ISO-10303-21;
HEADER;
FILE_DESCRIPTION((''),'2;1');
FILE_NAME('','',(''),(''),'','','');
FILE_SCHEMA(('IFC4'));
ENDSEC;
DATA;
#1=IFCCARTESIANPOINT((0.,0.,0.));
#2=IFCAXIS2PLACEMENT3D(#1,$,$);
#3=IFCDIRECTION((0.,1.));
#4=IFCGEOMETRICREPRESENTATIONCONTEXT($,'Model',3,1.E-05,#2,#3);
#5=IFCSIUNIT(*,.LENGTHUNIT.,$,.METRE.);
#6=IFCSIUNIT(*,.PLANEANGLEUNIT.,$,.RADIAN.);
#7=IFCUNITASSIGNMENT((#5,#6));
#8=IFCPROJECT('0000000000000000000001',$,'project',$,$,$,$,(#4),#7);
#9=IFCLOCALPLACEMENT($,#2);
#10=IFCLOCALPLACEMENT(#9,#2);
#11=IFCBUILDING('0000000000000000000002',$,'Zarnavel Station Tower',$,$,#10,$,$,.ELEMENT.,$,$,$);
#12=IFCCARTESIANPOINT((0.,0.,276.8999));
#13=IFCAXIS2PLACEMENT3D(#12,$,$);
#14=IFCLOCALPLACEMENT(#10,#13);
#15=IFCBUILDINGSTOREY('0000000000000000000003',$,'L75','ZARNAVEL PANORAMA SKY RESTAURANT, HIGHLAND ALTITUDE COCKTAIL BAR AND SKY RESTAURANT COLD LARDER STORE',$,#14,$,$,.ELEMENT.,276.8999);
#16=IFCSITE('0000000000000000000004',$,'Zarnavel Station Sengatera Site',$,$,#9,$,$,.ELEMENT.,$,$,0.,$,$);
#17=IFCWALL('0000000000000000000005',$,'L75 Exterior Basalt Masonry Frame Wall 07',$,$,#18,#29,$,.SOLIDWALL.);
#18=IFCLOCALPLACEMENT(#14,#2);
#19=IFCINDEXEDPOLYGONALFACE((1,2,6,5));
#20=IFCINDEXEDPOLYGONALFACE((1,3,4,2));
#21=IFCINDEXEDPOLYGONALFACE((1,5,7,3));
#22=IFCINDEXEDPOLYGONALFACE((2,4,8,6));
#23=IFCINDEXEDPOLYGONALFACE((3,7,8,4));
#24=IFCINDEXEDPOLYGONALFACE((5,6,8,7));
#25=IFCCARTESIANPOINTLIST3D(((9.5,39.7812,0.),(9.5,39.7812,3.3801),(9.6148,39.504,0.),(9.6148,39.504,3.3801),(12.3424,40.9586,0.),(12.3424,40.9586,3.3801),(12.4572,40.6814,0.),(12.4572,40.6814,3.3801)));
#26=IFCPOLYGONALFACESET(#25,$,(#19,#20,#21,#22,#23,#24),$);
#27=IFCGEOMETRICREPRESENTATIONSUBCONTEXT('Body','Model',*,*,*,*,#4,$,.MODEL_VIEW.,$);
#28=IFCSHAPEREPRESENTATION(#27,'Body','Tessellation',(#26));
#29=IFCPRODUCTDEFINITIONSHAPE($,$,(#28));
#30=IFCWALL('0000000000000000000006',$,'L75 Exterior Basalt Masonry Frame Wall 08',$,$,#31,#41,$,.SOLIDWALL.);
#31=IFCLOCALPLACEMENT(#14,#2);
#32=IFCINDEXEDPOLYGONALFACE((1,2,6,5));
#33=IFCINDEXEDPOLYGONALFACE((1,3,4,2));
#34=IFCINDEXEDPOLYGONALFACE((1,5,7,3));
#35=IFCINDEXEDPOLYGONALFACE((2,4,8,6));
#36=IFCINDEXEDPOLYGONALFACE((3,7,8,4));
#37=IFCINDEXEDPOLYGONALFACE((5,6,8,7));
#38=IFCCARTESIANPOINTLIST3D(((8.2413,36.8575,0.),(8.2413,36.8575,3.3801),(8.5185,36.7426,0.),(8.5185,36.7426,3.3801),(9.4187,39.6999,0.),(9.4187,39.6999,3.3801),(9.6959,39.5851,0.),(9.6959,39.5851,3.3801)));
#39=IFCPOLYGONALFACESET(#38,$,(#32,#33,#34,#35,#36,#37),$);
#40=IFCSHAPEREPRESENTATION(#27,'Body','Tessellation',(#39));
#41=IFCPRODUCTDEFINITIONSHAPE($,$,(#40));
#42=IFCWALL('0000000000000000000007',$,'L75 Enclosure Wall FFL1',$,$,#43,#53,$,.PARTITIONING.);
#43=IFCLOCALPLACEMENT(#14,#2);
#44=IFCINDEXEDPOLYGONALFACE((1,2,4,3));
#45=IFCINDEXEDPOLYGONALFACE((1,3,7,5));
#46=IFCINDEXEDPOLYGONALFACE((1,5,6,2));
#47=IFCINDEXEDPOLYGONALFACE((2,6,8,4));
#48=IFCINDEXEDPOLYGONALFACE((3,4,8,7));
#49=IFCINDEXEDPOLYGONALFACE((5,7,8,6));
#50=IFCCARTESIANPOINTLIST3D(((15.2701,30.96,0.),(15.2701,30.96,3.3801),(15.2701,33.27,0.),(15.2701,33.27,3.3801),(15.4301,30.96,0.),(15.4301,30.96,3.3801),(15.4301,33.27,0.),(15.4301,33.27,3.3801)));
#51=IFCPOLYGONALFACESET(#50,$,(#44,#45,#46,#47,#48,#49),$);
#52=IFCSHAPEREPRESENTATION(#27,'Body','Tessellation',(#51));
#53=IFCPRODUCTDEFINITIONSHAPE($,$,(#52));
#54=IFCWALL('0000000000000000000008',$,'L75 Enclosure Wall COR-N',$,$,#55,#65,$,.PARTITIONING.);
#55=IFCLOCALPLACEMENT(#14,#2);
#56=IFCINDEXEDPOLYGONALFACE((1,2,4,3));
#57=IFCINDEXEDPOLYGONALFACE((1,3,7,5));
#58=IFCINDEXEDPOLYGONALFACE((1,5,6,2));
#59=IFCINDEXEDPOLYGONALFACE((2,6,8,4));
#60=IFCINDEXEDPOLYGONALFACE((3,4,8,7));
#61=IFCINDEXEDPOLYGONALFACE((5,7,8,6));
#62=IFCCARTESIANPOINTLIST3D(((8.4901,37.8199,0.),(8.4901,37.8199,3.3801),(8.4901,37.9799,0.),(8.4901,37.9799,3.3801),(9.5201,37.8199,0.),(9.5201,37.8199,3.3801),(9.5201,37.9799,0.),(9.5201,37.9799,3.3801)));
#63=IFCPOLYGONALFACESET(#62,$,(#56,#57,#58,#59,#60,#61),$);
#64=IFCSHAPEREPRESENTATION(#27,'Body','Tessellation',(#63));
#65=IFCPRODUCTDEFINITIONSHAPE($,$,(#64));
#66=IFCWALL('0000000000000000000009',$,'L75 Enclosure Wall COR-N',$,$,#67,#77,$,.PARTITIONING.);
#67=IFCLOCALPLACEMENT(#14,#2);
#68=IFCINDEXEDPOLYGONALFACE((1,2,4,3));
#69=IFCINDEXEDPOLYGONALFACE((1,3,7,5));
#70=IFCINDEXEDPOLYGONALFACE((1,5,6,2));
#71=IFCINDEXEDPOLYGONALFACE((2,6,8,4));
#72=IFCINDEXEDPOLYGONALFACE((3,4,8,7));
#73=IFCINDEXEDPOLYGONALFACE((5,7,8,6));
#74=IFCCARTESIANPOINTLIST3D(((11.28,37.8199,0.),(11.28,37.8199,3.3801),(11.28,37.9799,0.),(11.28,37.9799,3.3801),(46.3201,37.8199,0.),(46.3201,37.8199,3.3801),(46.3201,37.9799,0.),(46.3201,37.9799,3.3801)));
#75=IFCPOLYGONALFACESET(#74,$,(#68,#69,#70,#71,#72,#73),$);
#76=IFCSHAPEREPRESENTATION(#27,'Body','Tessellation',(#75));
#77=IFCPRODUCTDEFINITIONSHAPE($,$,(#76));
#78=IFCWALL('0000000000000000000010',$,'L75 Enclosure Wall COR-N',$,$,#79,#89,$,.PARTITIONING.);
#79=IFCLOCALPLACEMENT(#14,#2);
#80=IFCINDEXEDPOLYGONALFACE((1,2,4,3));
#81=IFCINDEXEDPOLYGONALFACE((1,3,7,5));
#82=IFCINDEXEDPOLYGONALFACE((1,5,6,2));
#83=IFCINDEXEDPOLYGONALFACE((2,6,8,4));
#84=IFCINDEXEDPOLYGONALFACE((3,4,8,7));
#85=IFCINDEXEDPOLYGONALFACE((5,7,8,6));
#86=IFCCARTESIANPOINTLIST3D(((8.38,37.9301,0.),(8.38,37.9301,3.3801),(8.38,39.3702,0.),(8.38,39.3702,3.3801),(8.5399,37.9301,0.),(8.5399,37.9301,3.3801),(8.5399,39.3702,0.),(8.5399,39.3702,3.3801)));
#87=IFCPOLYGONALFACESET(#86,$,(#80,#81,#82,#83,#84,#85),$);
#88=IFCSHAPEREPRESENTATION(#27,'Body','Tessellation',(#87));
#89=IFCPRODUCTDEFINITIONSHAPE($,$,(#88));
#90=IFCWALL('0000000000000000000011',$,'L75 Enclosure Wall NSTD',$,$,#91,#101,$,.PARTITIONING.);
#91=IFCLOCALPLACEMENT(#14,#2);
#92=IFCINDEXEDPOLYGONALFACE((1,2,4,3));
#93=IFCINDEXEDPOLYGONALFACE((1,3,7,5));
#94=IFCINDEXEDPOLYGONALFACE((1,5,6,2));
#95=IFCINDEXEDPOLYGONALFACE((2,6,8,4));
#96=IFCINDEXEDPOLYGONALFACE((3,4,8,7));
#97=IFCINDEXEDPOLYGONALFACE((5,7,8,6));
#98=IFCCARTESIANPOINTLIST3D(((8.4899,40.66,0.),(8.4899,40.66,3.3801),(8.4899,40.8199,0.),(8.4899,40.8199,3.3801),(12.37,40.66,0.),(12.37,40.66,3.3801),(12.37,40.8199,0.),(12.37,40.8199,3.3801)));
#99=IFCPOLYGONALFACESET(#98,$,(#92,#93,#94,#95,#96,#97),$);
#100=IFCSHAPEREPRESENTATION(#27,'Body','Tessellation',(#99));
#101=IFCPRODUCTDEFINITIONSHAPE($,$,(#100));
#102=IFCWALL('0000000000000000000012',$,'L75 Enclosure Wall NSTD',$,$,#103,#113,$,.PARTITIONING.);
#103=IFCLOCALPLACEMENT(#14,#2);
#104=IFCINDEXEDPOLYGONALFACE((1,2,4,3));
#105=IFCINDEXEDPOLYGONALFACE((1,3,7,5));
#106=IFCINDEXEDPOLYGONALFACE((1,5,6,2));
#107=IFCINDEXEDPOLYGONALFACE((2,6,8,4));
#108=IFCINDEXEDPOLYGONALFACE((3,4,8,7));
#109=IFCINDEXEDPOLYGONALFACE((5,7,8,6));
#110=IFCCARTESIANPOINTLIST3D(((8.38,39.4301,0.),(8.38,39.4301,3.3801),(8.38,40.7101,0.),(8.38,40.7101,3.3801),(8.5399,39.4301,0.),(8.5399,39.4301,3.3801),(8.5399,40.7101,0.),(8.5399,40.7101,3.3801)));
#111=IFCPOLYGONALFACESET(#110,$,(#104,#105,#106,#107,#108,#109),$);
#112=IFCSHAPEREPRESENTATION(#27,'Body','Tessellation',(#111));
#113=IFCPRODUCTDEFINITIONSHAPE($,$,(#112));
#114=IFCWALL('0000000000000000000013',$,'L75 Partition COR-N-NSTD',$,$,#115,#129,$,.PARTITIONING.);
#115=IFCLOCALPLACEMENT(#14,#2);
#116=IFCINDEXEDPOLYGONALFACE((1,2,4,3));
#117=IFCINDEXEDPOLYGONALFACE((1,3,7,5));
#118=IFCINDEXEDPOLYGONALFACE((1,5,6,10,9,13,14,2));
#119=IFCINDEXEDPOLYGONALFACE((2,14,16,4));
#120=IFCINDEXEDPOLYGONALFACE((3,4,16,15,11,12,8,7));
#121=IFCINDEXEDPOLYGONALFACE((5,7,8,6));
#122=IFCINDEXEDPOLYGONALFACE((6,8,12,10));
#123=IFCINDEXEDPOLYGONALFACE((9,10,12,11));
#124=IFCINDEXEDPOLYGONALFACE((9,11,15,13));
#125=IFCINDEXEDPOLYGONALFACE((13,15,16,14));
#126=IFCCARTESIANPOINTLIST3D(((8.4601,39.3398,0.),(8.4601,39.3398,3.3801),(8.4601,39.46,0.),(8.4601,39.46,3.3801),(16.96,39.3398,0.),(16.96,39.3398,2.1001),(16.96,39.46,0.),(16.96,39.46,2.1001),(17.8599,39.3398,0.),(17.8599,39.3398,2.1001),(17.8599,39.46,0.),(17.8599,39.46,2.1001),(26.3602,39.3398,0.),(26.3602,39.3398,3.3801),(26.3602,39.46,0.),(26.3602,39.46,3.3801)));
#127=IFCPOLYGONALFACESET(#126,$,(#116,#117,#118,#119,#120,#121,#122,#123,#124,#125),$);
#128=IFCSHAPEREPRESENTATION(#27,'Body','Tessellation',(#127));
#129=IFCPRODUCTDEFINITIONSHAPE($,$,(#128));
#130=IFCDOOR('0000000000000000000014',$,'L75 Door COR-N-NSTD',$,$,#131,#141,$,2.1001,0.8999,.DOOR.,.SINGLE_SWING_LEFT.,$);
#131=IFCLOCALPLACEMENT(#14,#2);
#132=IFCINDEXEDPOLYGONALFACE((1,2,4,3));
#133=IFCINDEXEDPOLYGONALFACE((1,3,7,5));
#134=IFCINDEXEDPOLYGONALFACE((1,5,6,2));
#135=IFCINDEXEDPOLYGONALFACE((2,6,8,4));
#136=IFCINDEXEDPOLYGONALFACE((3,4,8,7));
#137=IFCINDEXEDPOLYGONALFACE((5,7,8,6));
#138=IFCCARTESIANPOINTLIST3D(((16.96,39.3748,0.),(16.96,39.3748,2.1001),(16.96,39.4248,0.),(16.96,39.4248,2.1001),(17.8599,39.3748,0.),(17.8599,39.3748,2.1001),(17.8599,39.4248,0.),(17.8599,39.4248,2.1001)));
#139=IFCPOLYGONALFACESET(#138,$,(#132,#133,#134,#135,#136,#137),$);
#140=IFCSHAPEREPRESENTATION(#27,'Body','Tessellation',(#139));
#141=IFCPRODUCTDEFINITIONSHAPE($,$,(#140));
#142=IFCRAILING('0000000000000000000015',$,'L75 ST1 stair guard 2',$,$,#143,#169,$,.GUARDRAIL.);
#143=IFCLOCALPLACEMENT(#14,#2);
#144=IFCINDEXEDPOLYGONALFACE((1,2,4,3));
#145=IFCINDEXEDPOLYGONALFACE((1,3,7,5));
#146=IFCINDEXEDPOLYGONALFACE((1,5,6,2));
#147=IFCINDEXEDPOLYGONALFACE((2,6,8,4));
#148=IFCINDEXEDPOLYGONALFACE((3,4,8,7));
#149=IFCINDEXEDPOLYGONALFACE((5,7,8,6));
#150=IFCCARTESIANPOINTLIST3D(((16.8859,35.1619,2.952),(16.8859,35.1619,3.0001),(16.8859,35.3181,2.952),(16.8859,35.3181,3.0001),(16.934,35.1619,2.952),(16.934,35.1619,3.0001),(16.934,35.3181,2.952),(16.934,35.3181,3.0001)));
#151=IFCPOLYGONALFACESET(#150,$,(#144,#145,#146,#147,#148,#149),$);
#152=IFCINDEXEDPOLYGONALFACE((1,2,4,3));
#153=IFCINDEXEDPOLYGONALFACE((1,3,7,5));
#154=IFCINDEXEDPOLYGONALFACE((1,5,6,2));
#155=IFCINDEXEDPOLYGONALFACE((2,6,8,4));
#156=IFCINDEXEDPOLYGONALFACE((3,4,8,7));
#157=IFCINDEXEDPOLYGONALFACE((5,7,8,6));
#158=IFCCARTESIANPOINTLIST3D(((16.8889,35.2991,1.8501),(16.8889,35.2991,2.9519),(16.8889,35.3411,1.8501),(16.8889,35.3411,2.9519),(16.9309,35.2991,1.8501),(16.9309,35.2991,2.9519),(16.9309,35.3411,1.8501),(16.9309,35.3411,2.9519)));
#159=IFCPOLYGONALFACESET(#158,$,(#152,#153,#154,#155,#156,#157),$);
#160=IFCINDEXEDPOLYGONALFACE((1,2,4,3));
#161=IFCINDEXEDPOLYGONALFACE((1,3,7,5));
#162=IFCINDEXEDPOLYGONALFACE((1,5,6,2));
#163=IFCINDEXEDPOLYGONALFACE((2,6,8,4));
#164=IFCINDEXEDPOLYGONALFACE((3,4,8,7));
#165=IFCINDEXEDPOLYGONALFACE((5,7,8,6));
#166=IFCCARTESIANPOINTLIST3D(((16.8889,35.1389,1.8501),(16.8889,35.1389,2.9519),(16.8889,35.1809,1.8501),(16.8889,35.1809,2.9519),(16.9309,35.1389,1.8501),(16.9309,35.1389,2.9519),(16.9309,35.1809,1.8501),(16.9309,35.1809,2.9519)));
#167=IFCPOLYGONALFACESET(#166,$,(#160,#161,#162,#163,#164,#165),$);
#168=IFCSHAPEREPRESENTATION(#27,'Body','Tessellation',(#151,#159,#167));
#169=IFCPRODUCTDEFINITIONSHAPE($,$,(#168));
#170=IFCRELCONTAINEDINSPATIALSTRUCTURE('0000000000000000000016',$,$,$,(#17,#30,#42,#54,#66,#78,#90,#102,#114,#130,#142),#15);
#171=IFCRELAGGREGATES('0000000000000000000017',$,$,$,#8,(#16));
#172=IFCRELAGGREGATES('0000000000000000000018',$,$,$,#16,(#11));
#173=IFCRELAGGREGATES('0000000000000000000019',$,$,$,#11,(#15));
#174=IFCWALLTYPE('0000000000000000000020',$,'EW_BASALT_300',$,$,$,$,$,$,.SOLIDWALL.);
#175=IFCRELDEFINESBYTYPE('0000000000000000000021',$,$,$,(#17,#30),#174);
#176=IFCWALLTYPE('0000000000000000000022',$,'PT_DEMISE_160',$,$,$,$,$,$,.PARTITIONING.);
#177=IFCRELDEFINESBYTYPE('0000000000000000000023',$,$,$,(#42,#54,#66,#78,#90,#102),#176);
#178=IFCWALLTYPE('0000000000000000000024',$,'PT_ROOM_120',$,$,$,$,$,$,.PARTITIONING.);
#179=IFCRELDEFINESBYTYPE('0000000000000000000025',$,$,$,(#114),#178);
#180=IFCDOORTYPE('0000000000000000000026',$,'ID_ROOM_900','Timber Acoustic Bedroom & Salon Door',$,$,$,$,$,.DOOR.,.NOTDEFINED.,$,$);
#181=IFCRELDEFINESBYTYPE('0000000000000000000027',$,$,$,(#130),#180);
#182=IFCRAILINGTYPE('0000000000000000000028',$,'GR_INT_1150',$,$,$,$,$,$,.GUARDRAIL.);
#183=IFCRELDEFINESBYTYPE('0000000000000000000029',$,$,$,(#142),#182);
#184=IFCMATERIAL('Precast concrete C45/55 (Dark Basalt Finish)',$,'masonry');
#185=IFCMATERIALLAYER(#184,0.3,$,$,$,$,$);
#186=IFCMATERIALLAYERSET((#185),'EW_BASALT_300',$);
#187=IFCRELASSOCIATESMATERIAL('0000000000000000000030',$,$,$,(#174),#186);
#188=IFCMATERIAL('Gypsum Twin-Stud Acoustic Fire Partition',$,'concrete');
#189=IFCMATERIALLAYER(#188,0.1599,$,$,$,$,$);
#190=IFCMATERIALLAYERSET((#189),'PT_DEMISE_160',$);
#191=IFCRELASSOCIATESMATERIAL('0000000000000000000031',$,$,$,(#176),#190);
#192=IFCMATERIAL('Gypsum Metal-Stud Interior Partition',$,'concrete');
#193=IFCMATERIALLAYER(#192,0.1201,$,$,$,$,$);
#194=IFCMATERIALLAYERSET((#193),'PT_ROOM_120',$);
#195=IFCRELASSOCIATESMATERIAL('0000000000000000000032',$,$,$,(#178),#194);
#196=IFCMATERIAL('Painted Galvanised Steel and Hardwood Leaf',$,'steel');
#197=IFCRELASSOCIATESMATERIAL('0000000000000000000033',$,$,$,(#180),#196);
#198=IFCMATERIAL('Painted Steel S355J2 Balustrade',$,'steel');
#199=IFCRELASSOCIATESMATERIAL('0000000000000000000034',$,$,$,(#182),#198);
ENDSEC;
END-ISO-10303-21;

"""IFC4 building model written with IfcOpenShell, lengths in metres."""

from ifc_helpers import new_model, si_unit, direction, frame, frame_2d, origin, origin_2d, place, context, subcontext, project, spatial, rectangle, extrude, material, layer, layer_set, type_object, element, fill, save


model = new_model("IFC4")

# Units and contexts
model_context = context("Model", 3, precision=1e-05, world=origin(), true_north=direction((0.0, 1.0)))
body_context = subcontext(model_context, "Body", "Model", "MODEL_VIEW")
ifc_project = project(units=[si_unit("LENGTHUNIT", "METRE"), si_unit("PLANEANGLEUNIT", "RADIAN")], contexts=[model_context])

# Site, building, storey
site_placement = place(None, origin())
site = spatial("IfcSite", under=ifc_project, at=site_placement, Name="Zarnavel Station Sengatera Site", CompositionType="ELEMENT", RefElevation=0.0)
building_placement = place(site_placement, origin())
building = spatial("IfcBuilding", under=site, at=building_placement, Name="Zarnavel Station Tower", CompositionType="ELEMENT")
storey_placement = place(building_placement, frame((0.0, 0.0, 276.8999)))
storey = spatial("IfcBuildingStorey", under=building, at=storey_placement, Name="L75", Description="ZARNAVEL PANORAMA SKY RESTAURANT, HIGHLAND ALTITUDE COCKTAIL BAR AND SKY RESTAURANT COLD LARDER STORE", CompositionType="ELEMENT", Elevation=276.8999)

# Shared definitions
ifc_material_1 = material(Name="Precast concrete C45/55 (Dark Basalt Finish)", Category="masonry")
ifc_layer_1 = layer(ifc_material_1, 0.3)
ifc_layer_set_1 = layer_set([ifc_layer_1], Name="EW_BASALT_300")
wall_type_1 = type_object("IfcWallType", Name="EW_BASALT_300", PredefinedType="SOLIDWALL", material=ifc_layer_set_1)

# Walls
for number, where, z_axis, x_axis, name in (
    (1, (9.5574, 39.6426, 0.0), (0.0, 0.0, 1.0), (0.923871, 0.382705, 0.0), "L75 Exterior Basalt Masonry Frame Wall 07"),
    (2, (8.3799, 36.8, 0.0), (0.0, 0.0, 1.0), (0.382705, 0.923871, 0.0), "L75 Exterior Basalt Masonry Frame Wall 08"),
):
    element("IfcWall", number, at=place(storey_placement, frame(where, z_axis=z_axis, x_axis=x_axis)), inside=storey, type_object=wall_type_1, Name=name, PredefinedType="SOLIDWALL", context=body_context, shape_type="SweptSolid", body=[
        extrude(rectangle(XDim=3.0767, YDim=0.3, at=frame_2d((1.5383, 0.0))), origin(), (0.0, 0.0, 1.0), 3.3801),
    ])
ifc_material_2 = material(Name="Gypsum Twin-Stud Acoustic Fire Partition", Category="concrete")
ifc_layer_2 = layer(ifc_material_2, 0.1599)
ifc_layer_set_2 = layer_set([ifc_layer_2], Name="PT_DEMISE_160")
wall_type_2 = type_object("IfcWallType", Name="PT_DEMISE_160", PredefinedType="PARTITIONING", material=ifc_layer_set_2)
wall_1_placement = place(storey_placement, frame((15.3501, 30.96, 0.0), z_axis=(0.0, 0.0, 1.0), x_axis=(0.0, 1.0, 0.0)))
element("IfcWall", 3, at=wall_1_placement, inside=storey, type_object=wall_type_2, Name="L75 Enclosure Wall FFL1", PredefinedType="PARTITIONING", context=body_context, shape_type="SweptSolid", body=[
    extrude(rectangle(XDim=2.3101, YDim=0.1599, at=frame_2d((1.155, 0.0))), origin(), (0.0, 0.0, 1.0), 3.3801),
])
wall_2_placement = place(storey_placement, frame((8.49, 37.8999, 0.0), z_axis=(0.0, 0.0, 1.0), x_axis=(1.0, 0.0, 0.0)))
element("IfcWall", 4, at=wall_2_placement, inside=storey, type_object=wall_type_2, Name="L75 Enclosure Wall COR-N", PredefinedType="PARTITIONING", context=body_context, shape_type="SweptSolid", body=[
    extrude(rectangle(XDim=1.03, YDim=0.1599, at=frame_2d((0.5151, 0.0))), origin(), (0.0, 0.0, 1.0), 3.3801),
])
wall_3_placement = place(storey_placement, frame((11.28, 37.8999, 0.0), z_axis=(0.0, 0.0, 1.0), x_axis=(1.0, 0.0, 0.0)))
element("IfcWall", 5, at=wall_3_placement, inside=storey, type_object=wall_type_2, Name="L75 Enclosure Wall COR-N", PredefinedType="PARTITIONING", context=body_context, shape_type="SweptSolid", body=[
    extrude(rectangle(XDim=35.04, YDim=0.1599, at=frame_2d((17.52, 0.0))), origin(), (0.0, 0.0, 1.0), 3.3801),
])
wall_4_placement = place(storey_placement, frame((8.46, 37.9299, 0.0), z_axis=(0.0, 0.0, 1.0), x_axis=(0.0, 1.0, 0.0)))
element("IfcWall", 6, at=wall_4_placement, inside=storey, type_object=wall_type_2, Name="L75 Enclosure Wall COR-N", PredefinedType="PARTITIONING", context=body_context, shape_type="SweptSolid", body=[
    extrude(rectangle(XDim=1.4402, YDim=0.1599, at=frame_2d((0.7202, 0.0))), origin(), (0.0, 0.0, 1.0), 3.3801),
])
wall_5_placement = place(storey_placement, frame((8.49, 40.74, 0.0), z_axis=(0.0, 0.0, 1.0), x_axis=(1.0, 0.0, 0.0)))
element("IfcWall", 7, at=wall_5_placement, inside=storey, type_object=wall_type_2, Name="L75 Enclosure Wall NSTD", PredefinedType="PARTITIONING", context=body_context, shape_type="SweptSolid", body=[
    extrude(rectangle(XDim=3.8801, YDim=0.1599, at=frame_2d((1.9399, 0.0))), origin(), (0.0, 0.0, 1.0), 3.3801),
])
wall_6_placement = place(storey_placement, frame((8.46, 39.4299, 0.0), z_axis=(0.0, 0.0, 1.0), x_axis=(0.0, 1.0, 0.0)))
element("IfcWall", 8, at=wall_6_placement, inside=storey, type_object=wall_type_2, Name="L75 Enclosure Wall NSTD", PredefinedType="PARTITIONING", context=body_context, shape_type="SweptSolid", body=[
    extrude(rectangle(XDim=1.28, YDim=0.1599, at=frame_2d((0.6401, 0.0))), origin(), (0.0, 0.0, 1.0), 3.3801),
])

# Wall, opening, door
ifc_material_3 = material(Name="Gypsum Metal-Stud Interior Partition", Category="concrete")
ifc_layer_3 = layer(ifc_material_3, 0.1201)
ifc_layer_set_3 = layer_set([ifc_layer_3], Name="PT_ROOM_120")
wall_type_3 = type_object("IfcWallType", Name="PT_ROOM_120", PredefinedType="PARTITIONING", material=ifc_layer_set_3)
wall_7_placement = place(storey_placement, frame((8.46, 39.3999, 0.0), z_axis=(0.0, 0.0, 1.0), x_axis=(1.0, 0.0, 0.0)))
wall_7 = element("IfcWall", 9, at=wall_7_placement, inside=storey, type_object=wall_type_3, Name="L75 Partition COR-N-NSTD", PredefinedType="PARTITIONING", context=body_context, shape_type="SweptSolid", body=[
    extrude(rectangle(XDim=17.9001, YDim=0.1201, at=frame_2d((8.9502, 0.0))), origin(), (0.0, 0.0, 1.0), 3.3801),
])
opening_1_placement = place(wall_7_placement, frame((8.5, 0.0, 0.0)))
opening_1 = element("IfcOpeningElement", 10, at=opening_1_placement, cuts=wall_7, PredefinedType="OPENING", context=body_context, shape_type="SweptSolid", body=[
    extrude(rectangle(XDim=0.8999, YDim=2.1001, at=frame_2d((0.45, 1.05))), frame((0.0, 0.0701, 0.0), z_axis=(0.0, -1.0, 0.0), x_axis=(1.0, 0.0, 0.0)), (0.0, 0.0, 1.0), 0.1401),
])
ifc_material_4 = material(Name="Painted Galvanised Steel and Hardwood Leaf", Category="steel")
door_type = type_object("IfcDoorType", Name="ID_ROOM_900", Description="Timber Acoustic Bedroom & Salon Door", OperationType="NOTDEFINED", PredefinedType="DOOR", material=ifc_material_4)
door_placement = place(opening_1_placement, origin())
door = element("IfcDoor", 11, at=door_placement, inside=storey, type_object=door_type, Name="L75 Door COR-N-NSTD", OperationType="SINGLE_SWING_LEFT", OverallHeight=2.1001, OverallWidth=0.8999, PredefinedType="DOOR", context=body_context, shape_type="SweptSolid", body=[
    extrude(rectangle(XDim=0.8999, YDim=2.1001, at=frame_2d((0.45, 1.05))), frame((0.0, 0.0249, 0.0), z_axis=(0.0, -1.0, 0.0), x_axis=(1.0, 0.0, 0.0)), (0.0, 0.0, 1.0), 0.05),
])
fill(opening_1, door)

# Railing
ifc_material_5 = material(Name="Painted Steel S355J2 Balustrade", Category="steel")
railing_type_1 = type_object("IfcRailingType", Name="GR_INT_1150", PredefinedType="GUARDRAIL", material=ifc_material_5)
railing_1_placement = place(storey_placement, frame((16.9099, 35.3201, 1.8501)))
element("IfcRailing", 12, at=railing_1_placement, inside=storey, type_object=railing_type_1, Name="L75 ST1 stair guard 2", PredefinedType="GUARDRAIL", context=body_context, shape_type="SweptSolid", body=[
    extrude(rectangle(XDim=0.0481, YDim=0.0481, at=origin_2d()), frame((0.0, -0.002, 1.126), z_axis=(0.0, -1.0, 0.0), x_axis=(1.0, 0.0, 0.0)), (0.0, 0.0, 1.0), 0.1562),
    extrude(rectangle(XDim=0.042, YDim=0.042, at=origin_2d()), origin(), (0.0, 0.0, 1.0), 1.1018),
    extrude(rectangle(XDim=0.042, YDim=0.042, at=origin_2d()), frame((0.0, -0.1602, 0.0)), (0.0, 0.0, 1.0), 1.1018),
])

save(model, "model.ifc")
